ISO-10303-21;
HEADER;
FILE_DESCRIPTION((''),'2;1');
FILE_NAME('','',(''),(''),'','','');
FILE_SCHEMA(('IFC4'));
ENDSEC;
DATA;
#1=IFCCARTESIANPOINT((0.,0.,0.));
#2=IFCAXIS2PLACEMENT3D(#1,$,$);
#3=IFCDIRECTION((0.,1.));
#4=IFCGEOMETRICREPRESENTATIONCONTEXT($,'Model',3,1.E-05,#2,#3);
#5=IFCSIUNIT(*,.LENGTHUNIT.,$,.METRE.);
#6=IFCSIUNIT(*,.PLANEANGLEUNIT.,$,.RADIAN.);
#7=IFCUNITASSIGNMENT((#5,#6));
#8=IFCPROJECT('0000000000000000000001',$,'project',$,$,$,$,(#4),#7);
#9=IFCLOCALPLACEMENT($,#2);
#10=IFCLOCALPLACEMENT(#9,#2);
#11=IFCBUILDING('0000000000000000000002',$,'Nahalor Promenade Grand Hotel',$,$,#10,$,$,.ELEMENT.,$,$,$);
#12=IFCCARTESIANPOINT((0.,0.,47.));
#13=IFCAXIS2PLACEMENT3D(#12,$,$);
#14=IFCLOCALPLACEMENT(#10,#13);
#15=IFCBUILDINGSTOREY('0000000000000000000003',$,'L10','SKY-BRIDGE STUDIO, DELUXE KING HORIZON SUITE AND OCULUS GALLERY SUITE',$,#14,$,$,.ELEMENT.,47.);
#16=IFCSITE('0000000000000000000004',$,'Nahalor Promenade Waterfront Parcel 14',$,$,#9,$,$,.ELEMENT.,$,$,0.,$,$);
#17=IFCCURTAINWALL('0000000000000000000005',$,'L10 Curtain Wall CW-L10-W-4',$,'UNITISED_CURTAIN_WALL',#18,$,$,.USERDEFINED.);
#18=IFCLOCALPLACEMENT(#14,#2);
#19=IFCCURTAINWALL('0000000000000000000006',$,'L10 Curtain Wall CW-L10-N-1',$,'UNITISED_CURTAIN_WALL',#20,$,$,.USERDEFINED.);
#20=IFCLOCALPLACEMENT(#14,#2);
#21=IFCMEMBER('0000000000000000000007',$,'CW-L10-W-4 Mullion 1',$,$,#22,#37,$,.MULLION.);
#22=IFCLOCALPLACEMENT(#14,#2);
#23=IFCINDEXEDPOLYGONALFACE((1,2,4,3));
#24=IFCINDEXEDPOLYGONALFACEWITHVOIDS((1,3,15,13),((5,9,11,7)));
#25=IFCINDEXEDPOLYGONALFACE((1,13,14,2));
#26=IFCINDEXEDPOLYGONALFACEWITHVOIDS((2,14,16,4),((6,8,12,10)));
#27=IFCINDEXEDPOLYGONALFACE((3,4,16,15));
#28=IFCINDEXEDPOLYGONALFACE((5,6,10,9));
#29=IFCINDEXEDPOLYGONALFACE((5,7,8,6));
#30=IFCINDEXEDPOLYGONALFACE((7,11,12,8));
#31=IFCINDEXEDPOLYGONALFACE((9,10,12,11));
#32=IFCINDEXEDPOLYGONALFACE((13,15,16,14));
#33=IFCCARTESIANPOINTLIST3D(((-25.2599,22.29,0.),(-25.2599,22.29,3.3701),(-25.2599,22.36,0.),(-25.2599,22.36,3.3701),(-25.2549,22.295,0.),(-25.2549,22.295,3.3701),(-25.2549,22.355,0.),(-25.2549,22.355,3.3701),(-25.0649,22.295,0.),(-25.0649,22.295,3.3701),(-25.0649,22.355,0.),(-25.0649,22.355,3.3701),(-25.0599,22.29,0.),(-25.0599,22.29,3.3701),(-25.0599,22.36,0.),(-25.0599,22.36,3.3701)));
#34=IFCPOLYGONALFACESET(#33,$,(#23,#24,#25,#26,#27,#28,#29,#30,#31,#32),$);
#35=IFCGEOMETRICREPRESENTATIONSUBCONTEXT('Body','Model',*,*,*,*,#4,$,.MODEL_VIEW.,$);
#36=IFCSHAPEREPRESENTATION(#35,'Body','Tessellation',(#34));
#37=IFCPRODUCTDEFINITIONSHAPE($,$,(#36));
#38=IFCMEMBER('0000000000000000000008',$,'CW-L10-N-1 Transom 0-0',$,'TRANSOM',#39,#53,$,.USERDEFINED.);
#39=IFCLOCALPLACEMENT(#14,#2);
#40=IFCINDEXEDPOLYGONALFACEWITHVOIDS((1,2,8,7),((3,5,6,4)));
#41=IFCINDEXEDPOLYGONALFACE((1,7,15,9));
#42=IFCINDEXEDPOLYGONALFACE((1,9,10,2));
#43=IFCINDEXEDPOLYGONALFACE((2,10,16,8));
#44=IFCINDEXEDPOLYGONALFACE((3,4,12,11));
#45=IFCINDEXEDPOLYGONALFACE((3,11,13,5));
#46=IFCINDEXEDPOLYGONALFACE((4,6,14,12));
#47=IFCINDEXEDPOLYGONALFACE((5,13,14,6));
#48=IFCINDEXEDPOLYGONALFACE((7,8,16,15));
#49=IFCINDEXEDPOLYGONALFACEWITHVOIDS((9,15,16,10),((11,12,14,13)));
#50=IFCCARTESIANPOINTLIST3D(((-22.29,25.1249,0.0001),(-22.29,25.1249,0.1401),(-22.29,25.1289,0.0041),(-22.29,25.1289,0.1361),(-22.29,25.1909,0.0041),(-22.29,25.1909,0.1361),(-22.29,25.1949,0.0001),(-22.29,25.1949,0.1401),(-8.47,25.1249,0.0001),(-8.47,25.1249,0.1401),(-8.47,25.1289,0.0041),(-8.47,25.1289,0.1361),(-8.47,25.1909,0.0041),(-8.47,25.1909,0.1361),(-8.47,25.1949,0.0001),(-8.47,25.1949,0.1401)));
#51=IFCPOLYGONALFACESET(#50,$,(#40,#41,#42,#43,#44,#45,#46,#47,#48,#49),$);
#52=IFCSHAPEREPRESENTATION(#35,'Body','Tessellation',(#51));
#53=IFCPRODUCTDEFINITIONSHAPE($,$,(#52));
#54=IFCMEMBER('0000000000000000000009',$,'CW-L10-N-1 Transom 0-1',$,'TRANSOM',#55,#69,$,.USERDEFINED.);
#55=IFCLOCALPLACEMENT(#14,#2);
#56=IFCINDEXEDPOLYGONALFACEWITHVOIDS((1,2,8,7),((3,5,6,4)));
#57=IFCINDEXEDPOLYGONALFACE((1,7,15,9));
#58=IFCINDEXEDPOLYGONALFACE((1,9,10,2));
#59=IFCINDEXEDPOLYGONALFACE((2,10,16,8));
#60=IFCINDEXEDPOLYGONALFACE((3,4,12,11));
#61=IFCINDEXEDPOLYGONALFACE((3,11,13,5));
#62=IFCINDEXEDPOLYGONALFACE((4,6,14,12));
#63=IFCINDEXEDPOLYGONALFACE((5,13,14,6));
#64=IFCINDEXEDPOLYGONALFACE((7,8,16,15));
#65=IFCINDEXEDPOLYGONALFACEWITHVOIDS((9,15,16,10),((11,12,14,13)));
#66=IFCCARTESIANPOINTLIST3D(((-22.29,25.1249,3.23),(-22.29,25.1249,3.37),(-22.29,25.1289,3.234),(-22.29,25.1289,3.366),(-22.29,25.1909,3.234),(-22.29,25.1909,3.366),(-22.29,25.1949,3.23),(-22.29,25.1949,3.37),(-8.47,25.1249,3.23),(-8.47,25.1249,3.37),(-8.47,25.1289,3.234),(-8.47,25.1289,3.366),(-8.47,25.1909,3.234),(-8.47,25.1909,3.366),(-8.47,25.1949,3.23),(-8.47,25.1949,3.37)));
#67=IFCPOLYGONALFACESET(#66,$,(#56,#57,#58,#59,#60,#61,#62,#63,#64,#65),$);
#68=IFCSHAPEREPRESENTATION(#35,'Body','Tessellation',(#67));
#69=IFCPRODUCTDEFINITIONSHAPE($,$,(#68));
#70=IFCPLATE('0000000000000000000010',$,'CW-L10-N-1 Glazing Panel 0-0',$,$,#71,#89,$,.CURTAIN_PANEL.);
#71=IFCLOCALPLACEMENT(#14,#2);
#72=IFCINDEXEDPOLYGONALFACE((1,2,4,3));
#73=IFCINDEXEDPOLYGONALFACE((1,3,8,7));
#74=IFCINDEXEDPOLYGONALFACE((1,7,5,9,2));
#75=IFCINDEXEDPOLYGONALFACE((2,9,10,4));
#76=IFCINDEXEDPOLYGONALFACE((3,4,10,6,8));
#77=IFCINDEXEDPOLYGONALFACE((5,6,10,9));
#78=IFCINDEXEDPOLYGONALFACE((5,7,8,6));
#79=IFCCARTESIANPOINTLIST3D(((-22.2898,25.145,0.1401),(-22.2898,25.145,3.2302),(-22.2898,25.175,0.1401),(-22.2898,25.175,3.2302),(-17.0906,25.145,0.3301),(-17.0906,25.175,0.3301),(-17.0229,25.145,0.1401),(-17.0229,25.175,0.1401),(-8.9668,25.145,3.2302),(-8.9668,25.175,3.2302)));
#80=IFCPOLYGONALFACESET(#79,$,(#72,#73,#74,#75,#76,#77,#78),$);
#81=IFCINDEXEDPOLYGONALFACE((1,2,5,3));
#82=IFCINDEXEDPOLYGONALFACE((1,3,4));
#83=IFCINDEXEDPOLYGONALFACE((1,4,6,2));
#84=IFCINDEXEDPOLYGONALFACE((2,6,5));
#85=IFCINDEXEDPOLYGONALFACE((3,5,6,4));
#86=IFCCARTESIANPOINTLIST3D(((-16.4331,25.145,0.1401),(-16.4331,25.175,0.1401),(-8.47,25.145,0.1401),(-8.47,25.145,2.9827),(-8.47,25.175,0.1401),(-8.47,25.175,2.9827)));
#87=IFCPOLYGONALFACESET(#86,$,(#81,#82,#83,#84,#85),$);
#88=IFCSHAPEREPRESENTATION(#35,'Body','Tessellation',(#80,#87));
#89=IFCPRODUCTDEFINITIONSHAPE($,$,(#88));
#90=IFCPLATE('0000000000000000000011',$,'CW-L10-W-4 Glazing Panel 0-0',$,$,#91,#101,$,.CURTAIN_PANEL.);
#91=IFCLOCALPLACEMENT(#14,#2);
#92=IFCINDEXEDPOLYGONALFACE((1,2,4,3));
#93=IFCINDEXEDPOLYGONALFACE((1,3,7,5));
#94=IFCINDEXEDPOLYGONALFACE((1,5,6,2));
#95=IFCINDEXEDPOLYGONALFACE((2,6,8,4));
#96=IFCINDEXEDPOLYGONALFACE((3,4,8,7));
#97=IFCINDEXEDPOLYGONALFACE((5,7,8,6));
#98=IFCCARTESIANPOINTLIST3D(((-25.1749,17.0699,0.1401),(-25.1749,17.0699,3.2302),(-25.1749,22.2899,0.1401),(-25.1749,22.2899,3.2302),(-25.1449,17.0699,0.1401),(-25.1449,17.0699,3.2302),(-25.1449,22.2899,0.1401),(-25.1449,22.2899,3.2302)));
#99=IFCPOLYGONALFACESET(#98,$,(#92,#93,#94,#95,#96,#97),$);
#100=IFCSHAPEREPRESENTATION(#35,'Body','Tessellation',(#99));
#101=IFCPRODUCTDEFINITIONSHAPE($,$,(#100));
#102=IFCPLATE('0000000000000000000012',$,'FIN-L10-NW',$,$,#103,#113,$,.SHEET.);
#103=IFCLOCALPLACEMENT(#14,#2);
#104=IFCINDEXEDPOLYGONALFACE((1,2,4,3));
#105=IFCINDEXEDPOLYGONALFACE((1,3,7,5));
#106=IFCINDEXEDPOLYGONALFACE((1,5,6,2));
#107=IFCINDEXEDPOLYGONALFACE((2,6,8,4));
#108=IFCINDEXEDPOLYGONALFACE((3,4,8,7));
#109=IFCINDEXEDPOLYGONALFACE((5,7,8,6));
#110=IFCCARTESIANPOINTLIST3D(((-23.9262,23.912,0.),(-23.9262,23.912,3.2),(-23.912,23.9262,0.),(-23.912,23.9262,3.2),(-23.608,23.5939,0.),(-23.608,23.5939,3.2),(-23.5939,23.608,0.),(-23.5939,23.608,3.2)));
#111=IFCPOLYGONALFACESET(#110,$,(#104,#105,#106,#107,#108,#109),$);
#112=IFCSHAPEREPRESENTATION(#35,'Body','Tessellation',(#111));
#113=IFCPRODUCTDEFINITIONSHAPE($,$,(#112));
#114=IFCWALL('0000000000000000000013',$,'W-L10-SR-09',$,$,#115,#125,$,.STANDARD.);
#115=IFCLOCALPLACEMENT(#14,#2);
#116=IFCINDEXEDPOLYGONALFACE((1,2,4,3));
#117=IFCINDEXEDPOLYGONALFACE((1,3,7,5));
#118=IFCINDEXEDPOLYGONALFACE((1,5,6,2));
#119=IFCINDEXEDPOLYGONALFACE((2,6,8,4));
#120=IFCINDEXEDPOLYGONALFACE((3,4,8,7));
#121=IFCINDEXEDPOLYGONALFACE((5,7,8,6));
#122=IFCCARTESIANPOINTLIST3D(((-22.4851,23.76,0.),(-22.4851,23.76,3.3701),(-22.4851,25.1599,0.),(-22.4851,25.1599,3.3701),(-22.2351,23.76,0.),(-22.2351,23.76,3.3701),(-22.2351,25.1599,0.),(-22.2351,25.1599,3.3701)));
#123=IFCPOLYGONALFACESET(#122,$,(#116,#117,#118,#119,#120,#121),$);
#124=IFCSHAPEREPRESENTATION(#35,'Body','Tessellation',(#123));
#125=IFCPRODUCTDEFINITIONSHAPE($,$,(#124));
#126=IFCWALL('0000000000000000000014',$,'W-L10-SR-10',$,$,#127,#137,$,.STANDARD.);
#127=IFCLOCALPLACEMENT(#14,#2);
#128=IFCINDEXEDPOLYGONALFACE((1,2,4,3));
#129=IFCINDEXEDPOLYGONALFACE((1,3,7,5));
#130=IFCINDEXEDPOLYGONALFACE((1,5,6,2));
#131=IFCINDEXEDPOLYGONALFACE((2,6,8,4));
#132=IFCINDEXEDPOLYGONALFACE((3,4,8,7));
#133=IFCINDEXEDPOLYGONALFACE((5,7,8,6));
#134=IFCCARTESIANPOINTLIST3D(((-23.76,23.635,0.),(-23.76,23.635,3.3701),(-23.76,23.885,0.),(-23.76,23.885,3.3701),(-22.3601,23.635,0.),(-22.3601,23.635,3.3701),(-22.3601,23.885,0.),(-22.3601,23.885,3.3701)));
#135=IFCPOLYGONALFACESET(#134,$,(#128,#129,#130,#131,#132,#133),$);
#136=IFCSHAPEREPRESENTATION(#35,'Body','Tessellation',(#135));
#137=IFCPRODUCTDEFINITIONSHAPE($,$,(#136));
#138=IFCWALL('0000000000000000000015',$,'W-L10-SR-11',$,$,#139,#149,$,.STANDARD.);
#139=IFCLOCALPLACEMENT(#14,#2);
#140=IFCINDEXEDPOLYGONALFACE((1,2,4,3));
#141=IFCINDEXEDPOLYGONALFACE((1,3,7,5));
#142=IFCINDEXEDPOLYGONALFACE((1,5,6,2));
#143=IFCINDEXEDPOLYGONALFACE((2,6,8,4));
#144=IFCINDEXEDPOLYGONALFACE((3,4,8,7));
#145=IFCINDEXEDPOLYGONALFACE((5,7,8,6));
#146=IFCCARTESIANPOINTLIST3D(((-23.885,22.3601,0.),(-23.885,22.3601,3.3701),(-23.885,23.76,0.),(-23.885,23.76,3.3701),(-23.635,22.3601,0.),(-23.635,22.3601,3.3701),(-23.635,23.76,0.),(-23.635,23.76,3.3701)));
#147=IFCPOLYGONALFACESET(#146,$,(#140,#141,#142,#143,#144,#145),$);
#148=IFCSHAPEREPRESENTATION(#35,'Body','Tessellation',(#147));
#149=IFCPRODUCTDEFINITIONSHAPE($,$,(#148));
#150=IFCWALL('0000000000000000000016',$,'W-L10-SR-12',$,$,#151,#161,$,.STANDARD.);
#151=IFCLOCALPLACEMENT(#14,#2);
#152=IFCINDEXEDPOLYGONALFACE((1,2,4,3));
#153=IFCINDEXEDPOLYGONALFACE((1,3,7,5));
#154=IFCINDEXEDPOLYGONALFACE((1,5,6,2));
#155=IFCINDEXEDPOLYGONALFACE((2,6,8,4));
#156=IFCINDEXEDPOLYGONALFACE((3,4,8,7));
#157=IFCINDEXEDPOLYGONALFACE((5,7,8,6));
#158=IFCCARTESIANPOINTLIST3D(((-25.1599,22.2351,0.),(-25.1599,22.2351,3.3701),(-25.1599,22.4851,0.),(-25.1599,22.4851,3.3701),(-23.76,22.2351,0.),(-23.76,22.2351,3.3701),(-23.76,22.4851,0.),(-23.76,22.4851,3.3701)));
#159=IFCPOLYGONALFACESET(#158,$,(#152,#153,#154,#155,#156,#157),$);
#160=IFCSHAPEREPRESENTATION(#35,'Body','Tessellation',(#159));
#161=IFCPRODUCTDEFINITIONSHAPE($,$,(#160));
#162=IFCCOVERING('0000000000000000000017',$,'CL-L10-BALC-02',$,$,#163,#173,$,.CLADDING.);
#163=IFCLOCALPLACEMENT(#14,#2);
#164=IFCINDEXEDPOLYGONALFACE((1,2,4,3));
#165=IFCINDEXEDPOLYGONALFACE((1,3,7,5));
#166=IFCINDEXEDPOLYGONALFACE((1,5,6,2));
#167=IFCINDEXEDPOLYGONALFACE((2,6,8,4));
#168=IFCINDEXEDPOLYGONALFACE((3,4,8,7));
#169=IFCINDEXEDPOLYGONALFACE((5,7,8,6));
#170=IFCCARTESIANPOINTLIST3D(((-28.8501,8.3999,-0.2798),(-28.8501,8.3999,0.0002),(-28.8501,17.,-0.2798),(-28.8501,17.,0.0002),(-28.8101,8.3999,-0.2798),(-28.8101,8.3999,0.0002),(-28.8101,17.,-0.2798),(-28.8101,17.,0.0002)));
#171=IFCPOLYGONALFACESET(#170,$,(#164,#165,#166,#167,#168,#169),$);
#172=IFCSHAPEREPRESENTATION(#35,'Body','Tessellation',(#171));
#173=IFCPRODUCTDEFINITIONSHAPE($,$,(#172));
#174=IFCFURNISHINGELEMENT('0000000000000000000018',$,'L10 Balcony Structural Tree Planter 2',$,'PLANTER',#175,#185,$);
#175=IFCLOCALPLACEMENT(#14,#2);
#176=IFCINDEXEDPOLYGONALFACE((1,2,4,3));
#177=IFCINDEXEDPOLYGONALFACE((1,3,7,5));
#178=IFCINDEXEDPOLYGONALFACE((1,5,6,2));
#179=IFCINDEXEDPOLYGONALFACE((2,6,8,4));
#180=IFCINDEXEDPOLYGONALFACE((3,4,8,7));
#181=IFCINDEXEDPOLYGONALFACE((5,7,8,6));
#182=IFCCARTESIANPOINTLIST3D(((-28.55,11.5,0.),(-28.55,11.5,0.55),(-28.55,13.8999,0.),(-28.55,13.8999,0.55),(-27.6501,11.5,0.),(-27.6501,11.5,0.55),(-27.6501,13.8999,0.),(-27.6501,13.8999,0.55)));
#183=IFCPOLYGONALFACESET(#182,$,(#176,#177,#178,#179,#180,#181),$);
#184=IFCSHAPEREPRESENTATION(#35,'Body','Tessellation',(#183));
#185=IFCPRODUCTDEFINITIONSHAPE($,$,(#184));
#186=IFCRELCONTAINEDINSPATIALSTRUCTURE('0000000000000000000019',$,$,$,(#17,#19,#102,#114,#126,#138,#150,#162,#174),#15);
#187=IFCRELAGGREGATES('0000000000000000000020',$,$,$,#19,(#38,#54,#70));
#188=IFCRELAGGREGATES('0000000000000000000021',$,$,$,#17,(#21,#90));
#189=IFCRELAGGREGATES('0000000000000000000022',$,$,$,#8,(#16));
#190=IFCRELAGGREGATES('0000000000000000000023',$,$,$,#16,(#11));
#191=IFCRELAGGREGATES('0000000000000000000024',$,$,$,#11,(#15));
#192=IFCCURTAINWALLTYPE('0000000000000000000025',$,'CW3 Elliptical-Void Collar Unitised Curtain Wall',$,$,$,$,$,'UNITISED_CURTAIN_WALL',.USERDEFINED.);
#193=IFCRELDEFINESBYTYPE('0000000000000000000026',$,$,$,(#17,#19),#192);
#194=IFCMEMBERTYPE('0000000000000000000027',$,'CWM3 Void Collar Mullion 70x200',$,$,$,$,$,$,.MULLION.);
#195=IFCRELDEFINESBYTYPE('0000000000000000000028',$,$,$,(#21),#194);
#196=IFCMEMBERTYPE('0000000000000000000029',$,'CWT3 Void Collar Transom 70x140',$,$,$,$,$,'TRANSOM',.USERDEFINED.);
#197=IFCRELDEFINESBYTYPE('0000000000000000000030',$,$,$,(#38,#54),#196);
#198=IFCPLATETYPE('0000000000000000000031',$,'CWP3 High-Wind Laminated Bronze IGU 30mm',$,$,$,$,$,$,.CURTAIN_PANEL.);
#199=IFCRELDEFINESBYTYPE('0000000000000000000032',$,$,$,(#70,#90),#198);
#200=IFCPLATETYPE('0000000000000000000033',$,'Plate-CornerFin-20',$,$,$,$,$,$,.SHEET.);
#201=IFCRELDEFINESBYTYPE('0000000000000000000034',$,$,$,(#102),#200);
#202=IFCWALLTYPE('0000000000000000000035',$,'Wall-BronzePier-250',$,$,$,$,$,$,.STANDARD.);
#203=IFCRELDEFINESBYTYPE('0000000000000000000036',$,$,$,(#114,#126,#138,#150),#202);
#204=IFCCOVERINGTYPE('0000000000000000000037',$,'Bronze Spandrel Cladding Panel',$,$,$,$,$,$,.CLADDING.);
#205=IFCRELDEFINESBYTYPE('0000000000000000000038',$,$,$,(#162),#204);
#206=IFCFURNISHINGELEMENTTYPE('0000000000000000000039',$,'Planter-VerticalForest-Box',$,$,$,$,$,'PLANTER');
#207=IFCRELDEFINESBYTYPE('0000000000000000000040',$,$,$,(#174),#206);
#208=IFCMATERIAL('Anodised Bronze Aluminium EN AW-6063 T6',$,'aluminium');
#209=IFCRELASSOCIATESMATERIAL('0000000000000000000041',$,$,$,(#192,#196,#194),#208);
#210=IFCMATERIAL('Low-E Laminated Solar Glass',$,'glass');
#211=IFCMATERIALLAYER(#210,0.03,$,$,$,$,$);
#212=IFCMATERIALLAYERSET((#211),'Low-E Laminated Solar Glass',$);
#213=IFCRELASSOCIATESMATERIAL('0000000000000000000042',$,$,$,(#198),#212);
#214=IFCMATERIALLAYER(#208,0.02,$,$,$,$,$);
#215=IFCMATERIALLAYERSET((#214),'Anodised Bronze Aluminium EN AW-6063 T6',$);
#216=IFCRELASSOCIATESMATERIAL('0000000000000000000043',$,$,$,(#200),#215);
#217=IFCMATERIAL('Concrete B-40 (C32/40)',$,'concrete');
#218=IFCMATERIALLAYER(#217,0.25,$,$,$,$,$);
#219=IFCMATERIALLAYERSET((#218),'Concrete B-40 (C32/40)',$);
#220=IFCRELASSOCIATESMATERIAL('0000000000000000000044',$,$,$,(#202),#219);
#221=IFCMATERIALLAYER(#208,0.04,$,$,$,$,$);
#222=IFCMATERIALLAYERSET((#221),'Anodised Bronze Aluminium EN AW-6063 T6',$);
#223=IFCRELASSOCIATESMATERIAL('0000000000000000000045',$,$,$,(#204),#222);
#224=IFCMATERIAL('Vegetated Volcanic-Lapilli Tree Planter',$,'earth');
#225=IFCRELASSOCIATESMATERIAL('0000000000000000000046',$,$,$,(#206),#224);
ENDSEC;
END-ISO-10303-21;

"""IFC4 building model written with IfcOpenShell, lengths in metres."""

from ifc_helpers import new_model, si_unit, direction, frame, frame_2d, origin, origin_2d, place, context, subcontext, project, spatial, polyline, rectangle, hollow_rectangle, outline, extrude, source, transform, mapped, material, layer, layer_set, material_profile, profile_set, type_object, element, aggregate, save


model = new_model("IFC4")

# Units and contexts
model_context = context("Model", 3, precision=1e-05, world=origin(), true_north=direction((0.0, 1.0)))
body_context = subcontext(model_context, "Body", "Model", "MODEL_VIEW")
ifc_project = project(units=[si_unit("LENGTHUNIT", "METRE"), si_unit("PLANEANGLEUNIT", "RADIAN")], contexts=[model_context])

# Site, building, storey
site_placement = place(None, origin())
site = spatial("IfcSite", under=ifc_project, at=site_placement, Name="Nahalor Promenade Waterfront Parcel 14", CompositionType="ELEMENT", RefElevation=0.0)
building_placement = place(site_placement, origin())
building = spatial("IfcBuilding", under=site, at=building_placement, Name="Nahalor Promenade Grand Hotel", CompositionType="ELEMENT")
storey_placement = place(building_placement, frame((0.0, 0.0, 47.0)))
storey = spatial("IfcBuildingStorey", under=building, at=storey_placement, Name="L10", Description="SKY-BRIDGE STUDIO, DELUXE KING HORIZON SUITE AND OCULUS GALLERY SUITE", CompositionType="ELEMENT", Elevation=47.0)

# Curtain wall
ifc_material_1 = material(Name="Anodised Bronze Aluminium EN AW-6063 T6", Category="aluminium")
curtain_wall_type = type_object("IfcCurtainWallType", Name="CW3 Elliptical-Void Collar Unitised Curtain Wall", ElementType="UNITISED_CURTAIN_WALL", PredefinedType="USERDEFINED", material=ifc_material_1)
curtain_wall_1_placement = place(storey_placement, origin())
curtain_wall_1 = element("IfcCurtainWall", 1, at=curtain_wall_1_placement, inside=storey, type_object=curtain_wall_type, Name="L10 Curtain Wall CW-L10-W-4", ObjectType="UNITISED_CURTAIN_WALL", PredefinedType="USERDEFINED")
ifc_material_profile_1 = material_profile(ifc_material_1, hollow_rectangle(XDim=0.07, YDim=0.14, WallThickness=0.004, at=origin_2d()), Name="CWT 70x140x4")
ifc_profile_set_1 = profile_set([ifc_material_profile_1], Name="Anodised Bronze Aluminium EN AW-6063 T6")
member_type_1 = type_object("IfcMemberType", Name="CWT3 Void Collar Transom 70x140", ElementType="TRANSOM", PredefinedType="USERDEFINED", material=ifc_profile_set_1)

# Curtain wall
curtain_wall_2_placement = place(storey_placement, origin())
curtain_wall_2 = element("IfcCurtainWall", 2, at=curtain_wall_2_placement, inside=storey, type_object=curtain_wall_type, Name="L10 Curtain Wall CW-L10-N-1", ObjectType="UNITISED_CURTAIN_WALL", PredefinedType="USERDEFINED")
ifc_material_profile_2 = material_profile(ifc_material_1, hollow_rectangle(XDim=0.07, YDim=0.2, WallThickness=0.005, at=origin_2d()), Name="CWM 70x200x5")
ifc_profile_set_2 = profile_set([ifc_material_profile_2], Name="Anodised Bronze Aluminium EN AW-6063 T6")
member_type_2 = type_object("IfcMemberType", Name="CWM3 Void Collar Mullion 70x200", PredefinedType="MULLION", material=ifc_profile_set_2)
shared_shape_1 = source(origin(), body_context, "Body", "SweptSolid", [
    extrude(hollow_rectangle(XDim=0.07, YDim=0.2, WallThickness=0.005, at=origin_2d()), origin(), (0.0, 0.0, 1.0), 3.3701),
])

# Members
member_1_placement = place(storey_placement, frame((-25.1599, 22.325, 0.0), z_axis=(0.0, 0.0, 1.0), x_axis=(0.0, 1.0, 0.0)))
member_1 = element("IfcMember", 3, at=member_1_placement, type_object=member_type_2, Name="CW-L10-W-4 Mullion 1", PredefinedType="MULLION", context=body_context, shape_type="MappedRepresentation", body=[
    mapped(shared_shape_1, transform((0.0, 0.0, 0.0), scale=1.0)),
])
shared_shape_2 = source(origin(), body_context, "Body", "SweptSolid", [
    extrude(hollow_rectangle(XDim=0.07, YDim=0.14, WallThickness=0.004, at=origin_2d()), origin(), (0.0, 0.0, 1.0), 13.8201),
])
member_2_placement = place(storey_placement, frame((-22.29, 25.1599, 0.0701), z_axis=(1.0, 0.0, 0.0), x_axis=(0.0, 1.0, 0.0)))
member_2 = element("IfcMember", 4, at=member_2_placement, type_object=member_type_1, Name="CW-L10-N-1 Transom 0-0", ObjectType="TRANSOM", PredefinedType="USERDEFINED", context=body_context, shape_type="MappedRepresentation", body=[
    mapped(shared_shape_2, transform((0.0, 0.0, 0.0), scale=1.0)),
])
member_3_placement = place(storey_placement, frame((-22.29, 25.1599, 3.3), z_axis=(1.0, 0.0, 0.0), x_axis=(0.0, 1.0, 0.0)))
member_3 = element("IfcMember", 5, at=member_3_placement, type_object=member_type_1, Name="CW-L10-N-1 Transom 0-1", ObjectType="TRANSOM", PredefinedType="USERDEFINED", context=body_context, shape_type="MappedRepresentation", body=[
    mapped(shared_shape_2, transform((0.0, 0.0, 0.0), scale=1.0)),
])

# Plates
ifc_material_2 = material(Name="Low-E Laminated Solar Glass", Category="glass")
ifc_layer_1 = layer(ifc_material_2, 0.03)
ifc_layer_set_1 = layer_set([ifc_layer_1], Name="Low-E Laminated Solar Glass")
plate_type_1 = type_object("IfcPlateType", Name="CWP3 High-Wind Laminated Bronze IGU 30mm", PredefinedType="CURTAIN_PANEL", material=ifc_layer_set_1)
plate_1_placement = place(storey_placement, frame((-15.3799, 25.1599, 0.1401), z_axis=(0.0, 0.0, 1.0), x_axis=(1.0, 0.0, 0.0)))
plate_1 = element("IfcPlate", 6, at=plate_1_placement, type_object=plate_type_1, Name="CW-L10-N-1 Glazing Panel 0-0", PredefinedType="CURTAIN_PANEL", context=body_context, shape_type="SweptSolid", body=[
    extrude(outline(polyline([(-6.9099, 3.0901), (-6.9099, 0.0), (-1.6431, 0.0), (-1.7107, 0.1899), (6.4131, 3.0901), (-6.9099, 3.0901)])), frame((0.0, 0.0151, 0.0), z_axis=(0.0, -1.0, 0.0), x_axis=(1.0, 0.0, 0.0)), (0.0, 0.0, 1.0), 0.03),
    extrude(outline(polyline([(-1.0532, 0.0), (6.9099, 0.0), (6.9099, 2.8425), (-1.0532, 0.0)])), frame((0.0, 0.0151, 0.0), z_axis=(0.0, -1.0, 0.0), x_axis=(1.0, 0.0, 0.0)), (0.0, 0.0, 1.0), 0.03),
])
aggregate(curtain_wall_2, [member_2, member_3, plate_1])
shared_shape_3 = source(origin(), body_context, "Body", "SweptSolid", [
    extrude(rectangle(XDim=5.22, YDim=0.03, at=origin_2d()), origin(), (0.0, 0.0, 1.0), 3.0901),
])
plate_2_placement = place(storey_placement, frame((-25.1599, 19.6799, 0.1401), z_axis=(0.0, 0.0, 1.0), x_axis=(0.0, 1.0, 0.0)))
plate_2 = element("IfcPlate", 7, at=plate_2_placement, type_object=plate_type_1, Name="CW-L10-W-4 Glazing Panel 0-0", PredefinedType="CURTAIN_PANEL", context=body_context, shape_type="MappedRepresentation", body=[
    mapped(shared_shape_3, transform((0.0, 0.0, 0.0), scale=1.0)),
])
aggregate(curtain_wall_1, [member_1, plate_2])
ifc_layer_2 = layer(ifc_material_1, 0.02)
ifc_layer_set_2 = layer_set([ifc_layer_2], Name="Anodised Bronze Aluminium EN AW-6063 T6")
plate_type_2 = type_object("IfcPlateType", Name="Plate-CornerFin-20", PredefinedType="SHEET", material=ifc_layer_set_2)
shared_shape_4 = source(origin(), body_context, "Body", "SweptSolid", [
    extrude(rectangle(XDim=0.45, YDim=0.02, at=origin_2d()), origin(), (0.0, 0.0, 1.0), 3.2),
])
plate_3_placement = place(storey_placement, frame((-23.76, 23.76, 0.0), z_axis=(0.0, 0.0, 1.0), x_axis=(-0.707107, 0.707107, 0.0)))
element("IfcPlate", 8, at=plate_3_placement, inside=storey, type_object=plate_type_2, Name="FIN-L10-NW", PredefinedType="SHEET", context=body_context, shape_type="MappedRepresentation", body=[
    mapped(shared_shape_4, transform((0.0, 0.0, 0.0), scale=1.0)),
])

# Walls
ifc_material_3 = material(Name="Concrete B-40 (C32/40)", Category="concrete")
ifc_layer_3 = layer(ifc_material_3, 0.25)
ifc_layer_set_3 = layer_set([ifc_layer_3], Name="Concrete B-40 (C32/40)")
wall_type = type_object("IfcWallType", Name="Wall-BronzePier-250", PredefinedType="STANDARD", material=ifc_layer_set_3)
shared_shape_5 = source(origin(), body_context, "Body", "SweptSolid", [
    extrude(rectangle(XDim=1.3999, YDim=0.25, at=frame_2d((0.7, 0.0))), origin(), (0.0, 0.0, 1.0), 3.3701),
])
for number, where, z_axis, x_axis, name in (
    (9, (-22.3601, 23.76, 0.0), (0.0, 0.0, 1.0), (0.0, 1.0, 0.0), "W-L10-SR-09"),
    (10, (-23.76, 23.76, 0.0), (0.0, 0.0, 1.0), (1.0, 0.0, 0.0), "W-L10-SR-10"),
    (11, (-23.76, 22.3601, 0.0), (0.0, 0.0, 1.0), (0.0, 1.0, 0.0), "W-L10-SR-11"),
    (12, (-25.1599, 22.3601, 0.0), (0.0, 0.0, 1.0), (1.0, 0.0, 0.0), "W-L10-SR-12"),
):
    element("IfcWall", number, at=place(storey_placement, frame(where, z_axis=z_axis, x_axis=x_axis)), inside=storey, type_object=wall_type, Name=name, PredefinedType="STANDARD", context=body_context, shape_type="MappedRepresentation", body=[
        mapped(shared_shape_5, transform((0.0, 0.0, 0.0), scale=1.0)),
    ])

# Covering
ifc_layer_4 = layer(ifc_material_1, 0.04)
ifc_layer_set_4 = layer_set([ifc_layer_4], Name="Anodised Bronze Aluminium EN AW-6063 T6")
covering_type = type_object("IfcCoveringType", Name="Bronze Spandrel Cladding Panel", PredefinedType="CLADDING", material=ifc_layer_set_4)
shared_shape_6 = source(origin(), body_context, "Body", "SweptSolid", [
    extrude(rectangle(XDim=8.6001, YDim=0.04, at=origin_2d()), origin(), (0.0, 0.0, 1.0), 0.28),
])
covering_placement = place(storey_placement, frame((-28.8301, 12.7, -0.2798), z_axis=(0.0, 0.0, 1.0), x_axis=(0.0, 1.0, 0.0)))
element("IfcCovering", 13, at=covering_placement, inside=storey, type_object=covering_type, Name="CL-L10-BALC-02", PredefinedType="CLADDING", context=body_context, shape_type="MappedRepresentation", body=[
    mapped(shared_shape_6, transform((0.0, 0.0, 0.0), scale=1.0)),
])

# Furnishing element
ifc_material_4 = material(Name="Vegetated Volcanic-Lapilli Tree Planter", Category="earth")
furnishing_element_type = type_object("IfcFurnishingElementType", Name="Planter-VerticalForest-Box", ElementType="PLANTER", material=ifc_material_4)
shared_shape_7 = source(origin(), body_context, "Body", "SweptSolid", [
    extrude(rectangle(XDim=2.3999, YDim=0.8999, at=origin_2d()), origin(), (0.0, 0.0, 1.0), 0.55),
])
furnishing_placement = place(storey_placement, frame((-28.1001, 12.7, 0.0), z_axis=(0.0, 0.0, 1.0), x_axis=(0.0, 1.0, 0.0)))
element("IfcFurnishingElement", 14, at=furnishing_placement, inside=storey, type_object=furnishing_element_type, Name="L10 Balcony Structural Tree Planter 2", ObjectType="PLANTER", context=body_context, shape_type="MappedRepresentation", body=[
    mapped(shared_shape_7, transform((0.0, 0.0, 0.0), scale=1.0)),
])

save(model, "model.ifc")
